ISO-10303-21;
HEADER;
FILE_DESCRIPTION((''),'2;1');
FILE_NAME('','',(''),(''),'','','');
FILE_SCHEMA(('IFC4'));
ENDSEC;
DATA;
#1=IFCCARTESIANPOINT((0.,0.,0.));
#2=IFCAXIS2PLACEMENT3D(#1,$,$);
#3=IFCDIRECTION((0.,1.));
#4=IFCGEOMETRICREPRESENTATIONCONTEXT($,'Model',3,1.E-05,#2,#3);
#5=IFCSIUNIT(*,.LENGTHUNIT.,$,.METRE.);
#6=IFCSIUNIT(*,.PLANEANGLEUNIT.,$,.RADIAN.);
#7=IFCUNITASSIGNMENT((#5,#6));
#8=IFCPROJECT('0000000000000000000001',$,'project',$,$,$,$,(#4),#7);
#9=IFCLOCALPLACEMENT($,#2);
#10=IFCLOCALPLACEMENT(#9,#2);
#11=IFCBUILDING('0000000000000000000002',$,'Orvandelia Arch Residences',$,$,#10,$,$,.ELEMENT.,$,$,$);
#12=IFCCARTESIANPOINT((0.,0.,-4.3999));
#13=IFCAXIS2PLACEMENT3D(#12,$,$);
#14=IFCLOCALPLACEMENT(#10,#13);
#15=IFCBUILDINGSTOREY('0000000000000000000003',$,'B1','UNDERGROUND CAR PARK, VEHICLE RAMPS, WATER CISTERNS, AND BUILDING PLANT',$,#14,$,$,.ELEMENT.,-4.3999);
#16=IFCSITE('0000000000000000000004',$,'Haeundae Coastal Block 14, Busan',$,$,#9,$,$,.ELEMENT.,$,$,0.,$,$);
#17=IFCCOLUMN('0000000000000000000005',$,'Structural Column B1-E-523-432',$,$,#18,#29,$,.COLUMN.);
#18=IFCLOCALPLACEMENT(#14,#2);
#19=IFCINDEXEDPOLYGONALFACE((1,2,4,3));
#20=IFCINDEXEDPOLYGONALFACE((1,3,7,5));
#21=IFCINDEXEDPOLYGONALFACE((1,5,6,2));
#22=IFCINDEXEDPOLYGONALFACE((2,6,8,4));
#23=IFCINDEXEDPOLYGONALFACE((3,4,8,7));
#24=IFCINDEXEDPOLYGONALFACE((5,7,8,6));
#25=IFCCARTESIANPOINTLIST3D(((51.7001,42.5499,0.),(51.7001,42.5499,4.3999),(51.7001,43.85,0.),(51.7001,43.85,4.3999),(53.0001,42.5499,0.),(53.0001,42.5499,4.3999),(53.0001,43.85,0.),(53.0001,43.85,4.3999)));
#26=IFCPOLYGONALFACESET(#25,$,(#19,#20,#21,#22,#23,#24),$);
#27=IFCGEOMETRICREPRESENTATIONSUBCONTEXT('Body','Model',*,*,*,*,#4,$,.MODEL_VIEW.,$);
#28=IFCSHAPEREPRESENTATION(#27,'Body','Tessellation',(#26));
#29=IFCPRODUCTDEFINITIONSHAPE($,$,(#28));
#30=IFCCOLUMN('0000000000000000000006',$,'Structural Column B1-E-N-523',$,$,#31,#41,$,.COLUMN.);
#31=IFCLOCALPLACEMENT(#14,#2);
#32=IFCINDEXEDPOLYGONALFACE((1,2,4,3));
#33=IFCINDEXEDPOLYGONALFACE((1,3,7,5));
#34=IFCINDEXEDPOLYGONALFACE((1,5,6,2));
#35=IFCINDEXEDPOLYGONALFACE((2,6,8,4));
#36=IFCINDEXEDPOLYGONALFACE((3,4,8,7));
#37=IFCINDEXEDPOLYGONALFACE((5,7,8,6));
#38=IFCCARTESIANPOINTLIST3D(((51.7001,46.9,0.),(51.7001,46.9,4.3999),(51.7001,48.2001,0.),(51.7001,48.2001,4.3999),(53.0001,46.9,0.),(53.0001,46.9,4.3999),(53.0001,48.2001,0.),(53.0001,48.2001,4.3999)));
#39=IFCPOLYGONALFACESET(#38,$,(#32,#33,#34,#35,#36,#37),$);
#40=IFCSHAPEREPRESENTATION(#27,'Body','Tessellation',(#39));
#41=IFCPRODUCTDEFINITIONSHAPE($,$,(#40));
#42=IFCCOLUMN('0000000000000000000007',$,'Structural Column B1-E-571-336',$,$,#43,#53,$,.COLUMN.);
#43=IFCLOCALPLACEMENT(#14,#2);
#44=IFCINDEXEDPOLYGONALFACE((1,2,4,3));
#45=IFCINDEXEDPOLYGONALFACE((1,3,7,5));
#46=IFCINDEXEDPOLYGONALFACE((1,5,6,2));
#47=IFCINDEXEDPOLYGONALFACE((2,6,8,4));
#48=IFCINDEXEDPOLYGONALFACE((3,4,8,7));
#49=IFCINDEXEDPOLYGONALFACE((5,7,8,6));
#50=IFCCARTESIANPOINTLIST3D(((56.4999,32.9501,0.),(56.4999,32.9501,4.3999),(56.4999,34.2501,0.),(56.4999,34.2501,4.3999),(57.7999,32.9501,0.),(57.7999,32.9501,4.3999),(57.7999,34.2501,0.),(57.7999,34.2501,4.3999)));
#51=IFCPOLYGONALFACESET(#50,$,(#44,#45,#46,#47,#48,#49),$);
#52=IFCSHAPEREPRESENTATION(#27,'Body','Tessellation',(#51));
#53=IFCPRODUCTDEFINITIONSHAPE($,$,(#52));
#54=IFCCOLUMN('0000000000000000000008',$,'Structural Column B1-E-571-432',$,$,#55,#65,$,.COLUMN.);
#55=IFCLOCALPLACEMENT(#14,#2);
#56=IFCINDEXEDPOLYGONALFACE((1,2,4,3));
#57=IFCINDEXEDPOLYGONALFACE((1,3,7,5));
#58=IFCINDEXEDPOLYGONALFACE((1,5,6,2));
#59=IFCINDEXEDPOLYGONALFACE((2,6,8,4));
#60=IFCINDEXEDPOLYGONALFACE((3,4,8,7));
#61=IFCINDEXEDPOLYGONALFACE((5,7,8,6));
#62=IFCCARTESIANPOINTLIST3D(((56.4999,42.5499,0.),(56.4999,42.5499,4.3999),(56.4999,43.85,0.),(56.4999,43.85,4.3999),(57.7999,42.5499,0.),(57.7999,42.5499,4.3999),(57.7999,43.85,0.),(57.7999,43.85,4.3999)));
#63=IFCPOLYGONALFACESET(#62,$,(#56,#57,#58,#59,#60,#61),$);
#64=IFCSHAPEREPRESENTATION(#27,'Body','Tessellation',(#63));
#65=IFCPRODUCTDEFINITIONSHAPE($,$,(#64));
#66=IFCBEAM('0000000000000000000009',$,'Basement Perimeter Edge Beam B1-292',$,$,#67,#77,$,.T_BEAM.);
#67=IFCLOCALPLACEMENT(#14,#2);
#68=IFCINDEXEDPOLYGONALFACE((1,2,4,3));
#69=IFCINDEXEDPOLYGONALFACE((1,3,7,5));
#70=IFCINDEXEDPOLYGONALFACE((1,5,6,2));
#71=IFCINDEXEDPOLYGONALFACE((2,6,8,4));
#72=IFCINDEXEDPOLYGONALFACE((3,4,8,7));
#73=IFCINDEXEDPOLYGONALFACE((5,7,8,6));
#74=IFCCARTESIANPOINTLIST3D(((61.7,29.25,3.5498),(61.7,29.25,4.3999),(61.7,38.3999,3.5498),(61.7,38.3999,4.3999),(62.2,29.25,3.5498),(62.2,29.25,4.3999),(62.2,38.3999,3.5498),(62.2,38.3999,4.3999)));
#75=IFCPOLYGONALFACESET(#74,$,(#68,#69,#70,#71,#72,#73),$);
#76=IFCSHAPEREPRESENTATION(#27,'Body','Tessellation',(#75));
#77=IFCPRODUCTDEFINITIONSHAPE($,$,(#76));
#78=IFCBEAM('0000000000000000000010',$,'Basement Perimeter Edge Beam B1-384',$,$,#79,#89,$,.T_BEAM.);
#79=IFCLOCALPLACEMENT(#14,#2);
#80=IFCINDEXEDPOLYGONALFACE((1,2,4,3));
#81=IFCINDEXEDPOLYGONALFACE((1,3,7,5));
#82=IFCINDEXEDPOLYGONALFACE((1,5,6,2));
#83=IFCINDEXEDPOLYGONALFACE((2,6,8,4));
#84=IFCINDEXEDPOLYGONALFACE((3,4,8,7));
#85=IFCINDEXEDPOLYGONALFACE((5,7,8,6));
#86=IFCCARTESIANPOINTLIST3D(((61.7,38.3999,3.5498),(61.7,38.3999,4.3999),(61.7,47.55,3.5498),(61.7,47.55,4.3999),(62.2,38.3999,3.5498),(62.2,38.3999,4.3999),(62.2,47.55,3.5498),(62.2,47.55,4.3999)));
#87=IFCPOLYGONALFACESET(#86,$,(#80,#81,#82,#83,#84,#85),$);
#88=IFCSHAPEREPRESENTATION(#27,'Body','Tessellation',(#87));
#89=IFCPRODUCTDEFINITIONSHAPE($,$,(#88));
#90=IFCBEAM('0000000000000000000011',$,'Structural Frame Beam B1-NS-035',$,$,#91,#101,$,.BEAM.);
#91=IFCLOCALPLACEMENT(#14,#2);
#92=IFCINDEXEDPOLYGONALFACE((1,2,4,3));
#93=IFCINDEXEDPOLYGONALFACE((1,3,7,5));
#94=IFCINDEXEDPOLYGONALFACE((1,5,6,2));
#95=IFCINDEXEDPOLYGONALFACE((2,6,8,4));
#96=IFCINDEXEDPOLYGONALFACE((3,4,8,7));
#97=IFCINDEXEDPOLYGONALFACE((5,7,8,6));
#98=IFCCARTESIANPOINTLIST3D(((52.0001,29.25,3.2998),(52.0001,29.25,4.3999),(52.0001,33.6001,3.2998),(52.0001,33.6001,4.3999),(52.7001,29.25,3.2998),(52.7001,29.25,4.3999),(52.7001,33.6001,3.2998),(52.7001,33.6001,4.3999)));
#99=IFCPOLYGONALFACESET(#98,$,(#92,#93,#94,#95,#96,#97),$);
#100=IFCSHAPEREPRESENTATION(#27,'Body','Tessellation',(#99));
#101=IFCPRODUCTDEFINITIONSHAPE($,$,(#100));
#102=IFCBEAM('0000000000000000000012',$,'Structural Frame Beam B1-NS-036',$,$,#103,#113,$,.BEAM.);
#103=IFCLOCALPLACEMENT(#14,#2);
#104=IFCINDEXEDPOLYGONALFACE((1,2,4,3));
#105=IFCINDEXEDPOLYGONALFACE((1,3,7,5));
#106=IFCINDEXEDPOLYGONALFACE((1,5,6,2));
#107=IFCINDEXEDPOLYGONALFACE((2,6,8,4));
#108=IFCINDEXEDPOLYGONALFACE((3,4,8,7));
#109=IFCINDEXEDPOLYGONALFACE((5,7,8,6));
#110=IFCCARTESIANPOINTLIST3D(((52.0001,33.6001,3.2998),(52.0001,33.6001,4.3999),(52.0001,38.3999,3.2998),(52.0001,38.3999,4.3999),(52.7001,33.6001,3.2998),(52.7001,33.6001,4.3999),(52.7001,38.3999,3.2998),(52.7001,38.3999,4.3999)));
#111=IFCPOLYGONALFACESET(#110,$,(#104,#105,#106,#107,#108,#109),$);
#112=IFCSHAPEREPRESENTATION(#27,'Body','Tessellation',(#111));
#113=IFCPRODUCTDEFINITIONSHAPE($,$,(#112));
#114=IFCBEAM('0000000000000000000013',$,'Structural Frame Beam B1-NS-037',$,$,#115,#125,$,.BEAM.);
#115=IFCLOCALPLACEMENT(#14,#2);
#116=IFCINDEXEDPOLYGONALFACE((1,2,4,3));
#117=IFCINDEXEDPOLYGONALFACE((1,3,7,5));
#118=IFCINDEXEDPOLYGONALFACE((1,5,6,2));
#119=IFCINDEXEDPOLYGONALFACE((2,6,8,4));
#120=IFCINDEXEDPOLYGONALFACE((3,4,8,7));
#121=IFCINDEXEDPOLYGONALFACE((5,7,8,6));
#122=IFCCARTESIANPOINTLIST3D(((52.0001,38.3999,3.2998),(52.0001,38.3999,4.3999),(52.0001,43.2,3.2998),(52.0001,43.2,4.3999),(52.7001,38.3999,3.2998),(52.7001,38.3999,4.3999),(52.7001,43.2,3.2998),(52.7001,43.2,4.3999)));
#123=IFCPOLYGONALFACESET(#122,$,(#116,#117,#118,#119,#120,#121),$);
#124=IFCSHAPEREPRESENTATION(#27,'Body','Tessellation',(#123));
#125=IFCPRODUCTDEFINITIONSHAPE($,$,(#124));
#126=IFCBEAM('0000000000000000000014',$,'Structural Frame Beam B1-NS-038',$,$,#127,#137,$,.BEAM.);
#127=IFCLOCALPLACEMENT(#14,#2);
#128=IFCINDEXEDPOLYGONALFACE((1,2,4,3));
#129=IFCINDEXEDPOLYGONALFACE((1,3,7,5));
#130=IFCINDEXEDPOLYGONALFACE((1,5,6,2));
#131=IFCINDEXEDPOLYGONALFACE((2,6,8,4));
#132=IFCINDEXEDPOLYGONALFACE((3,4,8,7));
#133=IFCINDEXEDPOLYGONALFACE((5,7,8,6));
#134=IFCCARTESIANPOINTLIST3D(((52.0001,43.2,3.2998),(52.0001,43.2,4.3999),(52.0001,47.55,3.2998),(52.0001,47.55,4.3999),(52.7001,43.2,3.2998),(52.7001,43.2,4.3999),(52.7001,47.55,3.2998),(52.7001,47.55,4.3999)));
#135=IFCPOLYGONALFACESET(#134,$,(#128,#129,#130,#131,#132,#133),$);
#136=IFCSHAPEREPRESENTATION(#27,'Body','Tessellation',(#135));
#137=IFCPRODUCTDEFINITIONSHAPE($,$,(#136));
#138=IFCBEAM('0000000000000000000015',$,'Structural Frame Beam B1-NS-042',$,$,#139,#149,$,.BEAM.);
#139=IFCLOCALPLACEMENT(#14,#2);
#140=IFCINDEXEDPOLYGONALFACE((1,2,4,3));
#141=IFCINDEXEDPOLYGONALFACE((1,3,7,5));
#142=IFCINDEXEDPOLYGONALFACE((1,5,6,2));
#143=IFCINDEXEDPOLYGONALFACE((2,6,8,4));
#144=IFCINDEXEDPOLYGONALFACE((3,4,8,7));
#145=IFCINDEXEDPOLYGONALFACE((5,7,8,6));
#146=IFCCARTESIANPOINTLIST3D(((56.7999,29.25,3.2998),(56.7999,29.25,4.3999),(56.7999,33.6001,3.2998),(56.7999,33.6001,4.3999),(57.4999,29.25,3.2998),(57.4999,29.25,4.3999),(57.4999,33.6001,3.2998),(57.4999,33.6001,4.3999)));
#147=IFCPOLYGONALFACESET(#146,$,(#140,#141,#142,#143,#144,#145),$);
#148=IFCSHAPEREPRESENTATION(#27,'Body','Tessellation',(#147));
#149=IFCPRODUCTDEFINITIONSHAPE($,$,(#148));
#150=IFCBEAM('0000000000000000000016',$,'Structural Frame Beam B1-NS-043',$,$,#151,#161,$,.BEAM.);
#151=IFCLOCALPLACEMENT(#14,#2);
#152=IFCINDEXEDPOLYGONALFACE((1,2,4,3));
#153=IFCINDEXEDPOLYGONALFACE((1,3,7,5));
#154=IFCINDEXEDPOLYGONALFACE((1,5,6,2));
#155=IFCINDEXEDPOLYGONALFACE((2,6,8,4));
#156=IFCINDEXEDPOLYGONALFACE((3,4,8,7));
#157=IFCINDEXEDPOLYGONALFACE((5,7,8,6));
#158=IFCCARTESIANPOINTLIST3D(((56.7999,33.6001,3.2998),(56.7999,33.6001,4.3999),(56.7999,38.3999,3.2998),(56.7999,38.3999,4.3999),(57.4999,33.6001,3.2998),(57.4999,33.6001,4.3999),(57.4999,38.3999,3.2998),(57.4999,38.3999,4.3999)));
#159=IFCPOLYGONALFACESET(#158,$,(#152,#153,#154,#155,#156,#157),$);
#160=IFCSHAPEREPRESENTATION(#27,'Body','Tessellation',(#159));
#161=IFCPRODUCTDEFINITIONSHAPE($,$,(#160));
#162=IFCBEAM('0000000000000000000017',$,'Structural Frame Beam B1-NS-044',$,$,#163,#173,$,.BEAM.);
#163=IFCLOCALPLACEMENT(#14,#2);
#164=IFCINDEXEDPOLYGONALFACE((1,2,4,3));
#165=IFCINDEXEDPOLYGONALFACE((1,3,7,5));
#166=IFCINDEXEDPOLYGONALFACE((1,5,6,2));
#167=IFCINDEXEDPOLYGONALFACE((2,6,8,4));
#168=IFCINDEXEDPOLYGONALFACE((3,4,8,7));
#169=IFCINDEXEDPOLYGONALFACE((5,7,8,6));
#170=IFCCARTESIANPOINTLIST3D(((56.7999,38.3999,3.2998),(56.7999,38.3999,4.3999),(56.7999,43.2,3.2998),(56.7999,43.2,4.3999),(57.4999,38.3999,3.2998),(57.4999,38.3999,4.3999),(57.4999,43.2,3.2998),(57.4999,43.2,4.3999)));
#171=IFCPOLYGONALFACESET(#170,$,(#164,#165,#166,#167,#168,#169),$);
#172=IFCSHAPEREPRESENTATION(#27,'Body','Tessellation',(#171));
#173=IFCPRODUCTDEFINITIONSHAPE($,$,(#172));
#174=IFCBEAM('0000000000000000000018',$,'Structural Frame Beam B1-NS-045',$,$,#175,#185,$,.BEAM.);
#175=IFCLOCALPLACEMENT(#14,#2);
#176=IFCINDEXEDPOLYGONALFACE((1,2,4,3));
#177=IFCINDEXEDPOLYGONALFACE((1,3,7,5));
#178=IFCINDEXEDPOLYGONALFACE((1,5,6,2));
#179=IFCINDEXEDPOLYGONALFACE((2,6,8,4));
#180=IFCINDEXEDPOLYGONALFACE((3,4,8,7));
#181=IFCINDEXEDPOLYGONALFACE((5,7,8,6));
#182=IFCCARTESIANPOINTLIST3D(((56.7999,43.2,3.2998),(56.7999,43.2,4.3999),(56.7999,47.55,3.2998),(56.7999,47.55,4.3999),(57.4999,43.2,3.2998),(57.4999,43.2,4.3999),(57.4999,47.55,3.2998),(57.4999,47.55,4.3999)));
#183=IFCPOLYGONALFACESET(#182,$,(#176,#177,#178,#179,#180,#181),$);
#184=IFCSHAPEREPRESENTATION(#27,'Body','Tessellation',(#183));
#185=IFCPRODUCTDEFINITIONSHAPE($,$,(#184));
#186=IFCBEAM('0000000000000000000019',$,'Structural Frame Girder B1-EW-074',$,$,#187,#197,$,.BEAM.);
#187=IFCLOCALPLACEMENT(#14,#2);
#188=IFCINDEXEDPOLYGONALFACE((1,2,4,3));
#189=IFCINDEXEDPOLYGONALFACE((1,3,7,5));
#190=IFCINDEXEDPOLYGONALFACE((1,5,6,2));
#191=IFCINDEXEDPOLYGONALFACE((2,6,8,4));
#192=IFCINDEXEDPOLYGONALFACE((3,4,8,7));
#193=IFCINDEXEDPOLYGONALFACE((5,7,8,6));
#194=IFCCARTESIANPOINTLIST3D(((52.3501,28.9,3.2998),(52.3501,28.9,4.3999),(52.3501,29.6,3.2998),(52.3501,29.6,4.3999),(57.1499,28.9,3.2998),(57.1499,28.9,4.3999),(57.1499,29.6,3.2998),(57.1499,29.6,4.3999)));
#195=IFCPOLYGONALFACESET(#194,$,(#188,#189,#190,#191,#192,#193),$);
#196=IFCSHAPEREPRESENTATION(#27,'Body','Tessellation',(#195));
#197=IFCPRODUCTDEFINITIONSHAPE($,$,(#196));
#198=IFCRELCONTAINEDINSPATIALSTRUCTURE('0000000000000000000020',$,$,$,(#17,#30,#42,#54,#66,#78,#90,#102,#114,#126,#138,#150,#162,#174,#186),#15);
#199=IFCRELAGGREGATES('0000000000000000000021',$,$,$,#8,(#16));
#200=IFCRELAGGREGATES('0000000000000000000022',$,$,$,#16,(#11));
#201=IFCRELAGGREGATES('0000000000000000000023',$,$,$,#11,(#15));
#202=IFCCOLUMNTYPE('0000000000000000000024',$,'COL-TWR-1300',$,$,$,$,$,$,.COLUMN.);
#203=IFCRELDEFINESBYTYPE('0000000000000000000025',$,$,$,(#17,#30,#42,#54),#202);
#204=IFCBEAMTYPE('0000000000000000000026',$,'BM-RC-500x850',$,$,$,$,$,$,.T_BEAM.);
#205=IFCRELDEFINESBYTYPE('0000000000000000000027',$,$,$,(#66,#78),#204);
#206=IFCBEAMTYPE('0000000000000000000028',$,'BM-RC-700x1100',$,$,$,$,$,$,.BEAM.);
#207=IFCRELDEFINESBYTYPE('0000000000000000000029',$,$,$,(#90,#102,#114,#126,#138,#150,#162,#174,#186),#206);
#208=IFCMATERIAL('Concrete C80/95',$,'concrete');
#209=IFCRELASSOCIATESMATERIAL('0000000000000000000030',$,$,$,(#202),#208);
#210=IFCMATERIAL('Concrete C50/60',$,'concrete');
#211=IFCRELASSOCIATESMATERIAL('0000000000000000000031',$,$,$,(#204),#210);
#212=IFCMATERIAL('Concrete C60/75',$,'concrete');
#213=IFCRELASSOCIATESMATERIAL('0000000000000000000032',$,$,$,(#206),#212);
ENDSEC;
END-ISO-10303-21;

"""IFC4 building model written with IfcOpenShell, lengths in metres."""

from ifc_helpers import new_model, si_unit, direction, frame, origin, origin_2d, place, context, subcontext, project, spatial, rectangle, extrude, material, material_profile, profile_set, type_object, element, save


model = new_model("IFC4")

# Units and contexts
model_context = context("Model", 3, precision=1e-05, world=origin(), true_north=direction((0.0, 1.0)))
body_context = subcontext(model_context, "Body", "Model", "MODEL_VIEW")
ifc_project = project(units=[si_unit("LENGTHUNIT", "METRE"), si_unit("PLANEANGLEUNIT", "RADIAN")], contexts=[model_context])

# Site, building, storey
site_placement = place(None, origin())
site = spatial("IfcSite", under=ifc_project, at=site_placement, Name="Haeundae Coastal Block 14, Busan", CompositionType="ELEMENT", RefElevation=0.0)
building_placement = place(site_placement, origin())
building = spatial("IfcBuilding", under=site, at=building_placement, Name="Orvandelia Arch Residences", CompositionType="ELEMENT")
storey_placement = place(building_placement, frame((0.0, 0.0, -4.3999)))
storey = spatial("IfcBuildingStorey", under=building, at=storey_placement, Name="B1", Description="UNDERGROUND CAR PARK, VEHICLE RAMPS, WATER CISTERNS, AND BUILDING PLANT", CompositionType="ELEMENT", Elevation=-4.3999)

# Columns
ifc_material_1 = material(Name="Concrete C50/60", Category="concrete")
ifc_material_2 = material(Name="Concrete C60/75", Category="concrete")
ifc_material_3 = material(Name="Concrete C80/95", Category="concrete")
ifc_material_profile_1 = material_profile(ifc_material_3, rectangle(XDim=1.3, YDim=1.3, at=origin_2d()), Name="Concrete C80/95", Category="concrete")
ifc_profile_set_1 = profile_set([ifc_material_profile_1], Name="Concrete C80/95")
column_type_1 = type_object("IfcColumnType", Name="COL-TWR-1300", PredefinedType="COLUMN", material=ifc_profile_set_1)
for number, where, z_axis, x_axis, name in (
    (1, (52.3501, 43.2, 0.0), (0.0, 0.0, 1.0), (1.0, 0.0, 0.0), "Structural Column B1-E-523-432"),
    (2, (52.3501, 47.55, 0.0), (0.0, 0.0, 1.0), (1.0, 0.0, 0.0), "Structural Column B1-E-N-523"),
    (3, (57.1499, 33.6001, 0.0), (0.0, 0.0, 1.0), (1.0, 0.0, 0.0), "Structural Column B1-E-571-336"),
    (4, (57.1499, 43.2, 0.0), (0.0, 0.0, 1.0), (1.0, 0.0, 0.0), "Structural Column B1-E-571-432"),
):
    element("IfcColumn", number, at=place(storey_placement, frame(where, z_axis=z_axis, x_axis=x_axis)), inside=storey, type_object=column_type_1, Name=name, PredefinedType="COLUMN", context=body_context, shape_type="SweptSolid", body=[
        extrude(rectangle(XDim=1.3, YDim=1.3, at=origin_2d()), origin(), (0.0, 0.0, 1.0), 4.3999),
    ])

# Beams
ifc_material_profile_2 = material_profile(ifc_material_1, rectangle(XDim=0.5, YDim=0.8501, at=origin_2d()), Name="Concrete C50/60", Category="concrete")
ifc_profile_set_2 = profile_set([ifc_material_profile_2], Name="Concrete C50/60")
beam_type_1 = type_object("IfcBeamType", Name="BM-RC-500x850", PredefinedType="T_BEAM", material=ifc_profile_set_2)
beam_1_placement = place(storey_placement, frame((61.95, 29.25, 3.9749), z_axis=(0.0, 1.0, 0.0), x_axis=(-1.0, 0.0, 0.0)))
element("IfcBeam", 5, at=beam_1_placement, inside=storey, type_object=beam_type_1, Name="Basement Perimeter Edge Beam B1-292", PredefinedType="T_BEAM", context=body_context, shape_type="SweptSolid", body=[
    extrude(rectangle(XDim=0.5, YDim=0.8501, at=origin_2d()), origin(), (0.0, 0.0, 1.0), 9.1499),
])
beam_2_placement = place(storey_placement, frame((61.95, 38.3999, 3.9749), z_axis=(0.0, 1.0, 0.0), x_axis=(-1.0, 0.0, 0.0)))
element("IfcBeam", 6, at=beam_2_placement, inside=storey, type_object=beam_type_1, Name="Basement Perimeter Edge Beam B1-384", PredefinedType="T_BEAM", context=body_context, shape_type="SweptSolid", body=[
    extrude(rectangle(XDim=0.5, YDim=0.8501, at=origin_2d()), origin(), (0.0, 0.0, 1.0), 9.1501),
])
ifc_material_profile_3 = material_profile(ifc_material_2, rectangle(XDim=0.7, YDim=1.1001, at=origin_2d()), Name="Concrete C60/75", Category="concrete")
ifc_profile_set_3 = profile_set([ifc_material_profile_3], Name="Concrete C60/75")
beam_type_2 = type_object("IfcBeamType", Name="BM-RC-700x1100", PredefinedType="BEAM", material=ifc_profile_set_3)
beam_3_placement = place(storey_placement, frame((52.3501, 29.25, 3.8499), z_axis=(0.0, 1.0, 0.0), x_axis=(-1.0, 0.0, 0.0)))
element("IfcBeam", 7, at=beam_3_placement, inside=storey, type_object=beam_type_2, Name="Structural Frame Beam B1-NS-035", PredefinedType="BEAM", context=body_context, shape_type="SweptSolid", body=[
    extrude(rectangle(XDim=0.7, YDim=1.1001, at=origin_2d()), origin(), (0.0, 0.0, 1.0), 4.3501),
])
beam_4_placement = place(storey_placement, frame((52.3501, 33.6001, 3.8499), z_axis=(0.0, 1.0, 0.0), x_axis=(-1.0, 0.0, 0.0)))
element("IfcBeam", 8, at=beam_4_placement, inside=storey, type_object=beam_type_2, Name="Structural Frame Beam B1-NS-036", PredefinedType="BEAM", context=body_context, shape_type="SweptSolid", body=[
    extrude(rectangle(XDim=0.7, YDim=1.1001, at=origin_2d()), origin(), (0.0, 0.0, 1.0), 4.7998),
])
beam_5_placement = place(storey_placement, frame((52.3501, 38.3999, 3.8499), z_axis=(0.0, 1.0, 0.0), x_axis=(-1.0, 0.0, 0.0)))
element("IfcBeam", 9, at=beam_5_placement, inside=storey, type_object=beam_type_2, Name="Structural Frame Beam B1-NS-037", PredefinedType="BEAM", context=body_context, shape_type="SweptSolid", body=[
    extrude(rectangle(XDim=0.7, YDim=1.1001, at=origin_2d()), origin(), (0.0, 0.0, 1.0), 4.8),
])
for number, where, z_axis, x_axis, name in (
    (10, (52.3501, 43.2, 3.8499), (0.0, 1.0, 0.0), (-1.0, 0.0, 0.0), "Structural Frame Beam B1-NS-038"),
    (11, (57.1499, 29.25, 3.8499), (0.0, 1.0, 0.0), (-1.0, 0.0, 0.0), "Structural Frame Beam B1-NS-042"),
):
    element("IfcBeam", number, at=place(storey_placement, frame(where, z_axis=z_axis, x_axis=x_axis)), inside=storey, type_object=beam_type_2, Name=name, PredefinedType="BEAM", context=body_context, shape_type="SweptSolid", body=[
        extrude(rectangle(XDim=0.7, YDim=1.1001, at=origin_2d()), origin(), (0.0, 0.0, 1.0), 4.3501),
    ])
beam_6_placement = place(storey_placement, frame((57.1499, 33.6001, 3.8499), z_axis=(0.0, 1.0, 0.0), x_axis=(-1.0, 0.0, 0.0)))
element("IfcBeam", 12, at=beam_6_placement, inside=storey, type_object=beam_type_2, Name="Structural Frame Beam B1-NS-043", PredefinedType="BEAM", context=body_context, shape_type="SweptSolid", body=[
    extrude(rectangle(XDim=0.7, YDim=1.1001, at=origin_2d()), origin(), (0.0, 0.0, 1.0), 4.7998),
])
beam_7_placement = place(storey_placement, frame((57.1499, 38.3999, 3.8499), z_axis=(0.0, 1.0, 0.0), x_axis=(-1.0, 0.0, 0.0)))
element("IfcBeam", 13, at=beam_7_placement, inside=storey, type_object=beam_type_2, Name="Structural Frame Beam B1-NS-044", PredefinedType="BEAM", context=body_context, shape_type="SweptSolid", body=[
    extrude(rectangle(XDim=0.7, YDim=1.1001, at=origin_2d()), origin(), (0.0, 0.0, 1.0), 4.8),
])
beam_8_placement = place(storey_placement, frame((57.1499, 43.2, 3.8499), z_axis=(0.0, 1.0, 0.0), x_axis=(-1.0, 0.0, 0.0)))
element("IfcBeam", 14, at=beam_8_placement, inside=storey, type_object=beam_type_2, Name="Structural Frame Beam B1-NS-045", PredefinedType="BEAM", context=body_context, shape_type="SweptSolid", body=[
    extrude(rectangle(XDim=0.7, YDim=1.1001, at=origin_2d()), origin(), (0.0, 0.0, 1.0), 4.3501),
])
beam_9_placement = place(storey_placement, frame((52.3501, 29.25, 3.8499), z_axis=(1.0, 0.0, 0.0), x_axis=(0.0, 1.0, 0.0)))
element("IfcBeam", 15, at=beam_9_placement, inside=storey, type_object=beam_type_2, Name="Structural Frame Girder B1-EW-074", PredefinedType="BEAM", context=body_context, shape_type="SweptSolid", body=[
    extrude(rectangle(XDim=0.7, YDim=1.1001, at=origin_2d()), origin(), (0.0, 0.0, 1.0), 4.7998),
])

save(model, "model.ifc")
